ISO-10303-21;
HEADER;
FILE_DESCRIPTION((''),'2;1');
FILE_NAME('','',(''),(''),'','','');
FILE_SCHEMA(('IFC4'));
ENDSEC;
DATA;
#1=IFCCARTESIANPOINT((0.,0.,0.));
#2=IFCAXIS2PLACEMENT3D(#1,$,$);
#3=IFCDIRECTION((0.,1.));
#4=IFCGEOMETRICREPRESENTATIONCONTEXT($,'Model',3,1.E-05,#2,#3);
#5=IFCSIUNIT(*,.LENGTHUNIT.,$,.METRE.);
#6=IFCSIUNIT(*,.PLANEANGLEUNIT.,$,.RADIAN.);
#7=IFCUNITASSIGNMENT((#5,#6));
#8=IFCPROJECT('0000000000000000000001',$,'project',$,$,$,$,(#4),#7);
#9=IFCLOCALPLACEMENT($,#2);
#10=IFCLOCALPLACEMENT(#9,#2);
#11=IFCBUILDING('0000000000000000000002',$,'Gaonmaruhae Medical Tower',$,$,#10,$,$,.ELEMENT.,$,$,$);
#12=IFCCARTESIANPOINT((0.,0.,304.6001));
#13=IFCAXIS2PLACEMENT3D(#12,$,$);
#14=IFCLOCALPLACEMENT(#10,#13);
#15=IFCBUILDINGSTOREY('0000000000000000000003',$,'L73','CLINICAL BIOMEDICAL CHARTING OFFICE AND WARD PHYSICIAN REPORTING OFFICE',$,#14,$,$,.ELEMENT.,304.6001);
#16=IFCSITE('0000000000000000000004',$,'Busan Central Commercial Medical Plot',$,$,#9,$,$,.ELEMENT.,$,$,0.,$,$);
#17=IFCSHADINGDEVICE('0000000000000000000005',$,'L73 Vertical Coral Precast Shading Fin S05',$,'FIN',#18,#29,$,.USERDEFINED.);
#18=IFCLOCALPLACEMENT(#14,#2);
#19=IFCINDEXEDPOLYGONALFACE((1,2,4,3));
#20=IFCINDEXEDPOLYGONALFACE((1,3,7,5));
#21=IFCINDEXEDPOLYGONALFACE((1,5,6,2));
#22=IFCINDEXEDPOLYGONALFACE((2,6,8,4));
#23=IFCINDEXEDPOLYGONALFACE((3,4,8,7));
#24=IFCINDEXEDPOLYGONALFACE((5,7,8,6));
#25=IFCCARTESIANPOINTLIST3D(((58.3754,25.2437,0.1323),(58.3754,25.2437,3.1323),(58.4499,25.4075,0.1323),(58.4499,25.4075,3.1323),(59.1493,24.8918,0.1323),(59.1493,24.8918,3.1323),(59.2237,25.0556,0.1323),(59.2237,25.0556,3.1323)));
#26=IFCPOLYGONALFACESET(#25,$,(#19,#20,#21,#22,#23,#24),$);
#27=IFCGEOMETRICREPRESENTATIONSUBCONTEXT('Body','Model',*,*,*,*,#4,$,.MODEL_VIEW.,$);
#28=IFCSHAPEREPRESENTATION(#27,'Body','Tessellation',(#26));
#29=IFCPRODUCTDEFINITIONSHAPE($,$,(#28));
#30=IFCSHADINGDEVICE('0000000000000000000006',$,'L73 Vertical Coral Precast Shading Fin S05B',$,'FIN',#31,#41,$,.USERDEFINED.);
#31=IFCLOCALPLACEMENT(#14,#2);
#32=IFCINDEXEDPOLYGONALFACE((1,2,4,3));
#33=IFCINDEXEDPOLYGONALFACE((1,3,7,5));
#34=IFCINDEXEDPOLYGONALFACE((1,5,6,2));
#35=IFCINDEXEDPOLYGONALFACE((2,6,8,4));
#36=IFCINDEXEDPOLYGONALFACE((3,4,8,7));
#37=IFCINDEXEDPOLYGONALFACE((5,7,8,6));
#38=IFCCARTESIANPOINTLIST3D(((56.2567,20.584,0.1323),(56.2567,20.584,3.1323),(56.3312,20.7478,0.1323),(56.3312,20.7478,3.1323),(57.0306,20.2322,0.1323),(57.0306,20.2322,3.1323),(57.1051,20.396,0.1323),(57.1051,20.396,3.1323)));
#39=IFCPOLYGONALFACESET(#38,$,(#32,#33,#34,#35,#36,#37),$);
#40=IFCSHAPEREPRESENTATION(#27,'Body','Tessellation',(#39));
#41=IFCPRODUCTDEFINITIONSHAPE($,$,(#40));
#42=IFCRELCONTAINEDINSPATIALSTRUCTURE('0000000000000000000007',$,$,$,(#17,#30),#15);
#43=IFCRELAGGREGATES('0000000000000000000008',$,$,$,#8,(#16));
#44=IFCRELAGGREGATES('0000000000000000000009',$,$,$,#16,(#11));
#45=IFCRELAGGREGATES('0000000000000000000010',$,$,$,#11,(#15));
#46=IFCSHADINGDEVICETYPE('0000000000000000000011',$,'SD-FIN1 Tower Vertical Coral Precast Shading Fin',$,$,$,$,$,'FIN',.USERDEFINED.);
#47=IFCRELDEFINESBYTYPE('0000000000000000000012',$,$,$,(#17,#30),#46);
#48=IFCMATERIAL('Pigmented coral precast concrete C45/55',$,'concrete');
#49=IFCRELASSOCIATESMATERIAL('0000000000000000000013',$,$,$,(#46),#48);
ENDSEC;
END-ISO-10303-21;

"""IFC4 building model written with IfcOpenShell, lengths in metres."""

from ifc_helpers import new_model, si_unit, direction, frame, origin, origin_2d, place, context, subcontext, project, spatial, rectangle, extrude, material, type_object, element, save


model = new_model("IFC4")

# Units and contexts
model_context = context("Model", 3, precision=1e-05, world=origin(), true_north=direction((0.0, 1.0)))
body_context = subcontext(model_context, "Body", "Model", "MODEL_VIEW")
ifc_project = project(units=[si_unit("LENGTHUNIT", "METRE"), si_unit("PLANEANGLEUNIT", "RADIAN")], contexts=[model_context])

# Site, building, storey
site_placement = place(None, origin())
site = spatial("IfcSite", under=ifc_project, at=site_placement, Name="Busan Central Commercial Medical Plot", CompositionType="ELEMENT", RefElevation=0.0)
building_placement = place(site_placement, origin())
building = spatial("IfcBuilding", under=site, at=building_placement, Name="Gaonmaruhae Medical Tower", CompositionType="ELEMENT")
storey_placement = place(building_placement, frame((0.0, 0.0, 304.6001)))
storey = spatial("IfcBuildingStorey", under=building, at=storey_placement, Name="L73", Description="CLINICAL BIOMEDICAL CHARTING OFFICE AND WARD PHYSICIAN REPORTING OFFICE", CompositionType="ELEMENT", Elevation=304.6001)

# Shading devices
ifc_material_1 = material(Name="Pigmented coral precast concrete C45/55", Category="concrete")
shading_device_type = type_object("IfcShadingDeviceType", Name="SD-FIN1 Tower Vertical Coral Precast Shading Fin", ElementType="FIN", PredefinedType="USERDEFINED", material=ifc_material_1)
for number, where, z_axis, x_axis, name in (
    (1, (58.7996, 25.1497, 0.1323), (0.0, 0.0, 1.0), (-0.413899, -0.910323, 0.0), "L73 Vertical Coral Precast Shading Fin S05"),
    (2, (56.6809, 20.49, 0.1323), (0.0, 0.0, 1.0), (-0.413899, -0.910323, 0.0), "L73 Vertical Coral Precast Shading Fin S05B"),
):
    element("IfcShadingDevice", number, at=place(storey_placement, frame(where, z_axis=z_axis, x_axis=x_axis)), inside=storey, type_object=shading_device_type, Name=name, ObjectType="FIN", PredefinedType="USERDEFINED", context=body_context, shape_type="SweptSolid", body=[
        extrude(rectangle(XDim=0.1799, YDim=0.8501, at=origin_2d()), origin(), (0.0, 0.0, 1.0), 3.0),
    ])

save(model, "model.ifc")
